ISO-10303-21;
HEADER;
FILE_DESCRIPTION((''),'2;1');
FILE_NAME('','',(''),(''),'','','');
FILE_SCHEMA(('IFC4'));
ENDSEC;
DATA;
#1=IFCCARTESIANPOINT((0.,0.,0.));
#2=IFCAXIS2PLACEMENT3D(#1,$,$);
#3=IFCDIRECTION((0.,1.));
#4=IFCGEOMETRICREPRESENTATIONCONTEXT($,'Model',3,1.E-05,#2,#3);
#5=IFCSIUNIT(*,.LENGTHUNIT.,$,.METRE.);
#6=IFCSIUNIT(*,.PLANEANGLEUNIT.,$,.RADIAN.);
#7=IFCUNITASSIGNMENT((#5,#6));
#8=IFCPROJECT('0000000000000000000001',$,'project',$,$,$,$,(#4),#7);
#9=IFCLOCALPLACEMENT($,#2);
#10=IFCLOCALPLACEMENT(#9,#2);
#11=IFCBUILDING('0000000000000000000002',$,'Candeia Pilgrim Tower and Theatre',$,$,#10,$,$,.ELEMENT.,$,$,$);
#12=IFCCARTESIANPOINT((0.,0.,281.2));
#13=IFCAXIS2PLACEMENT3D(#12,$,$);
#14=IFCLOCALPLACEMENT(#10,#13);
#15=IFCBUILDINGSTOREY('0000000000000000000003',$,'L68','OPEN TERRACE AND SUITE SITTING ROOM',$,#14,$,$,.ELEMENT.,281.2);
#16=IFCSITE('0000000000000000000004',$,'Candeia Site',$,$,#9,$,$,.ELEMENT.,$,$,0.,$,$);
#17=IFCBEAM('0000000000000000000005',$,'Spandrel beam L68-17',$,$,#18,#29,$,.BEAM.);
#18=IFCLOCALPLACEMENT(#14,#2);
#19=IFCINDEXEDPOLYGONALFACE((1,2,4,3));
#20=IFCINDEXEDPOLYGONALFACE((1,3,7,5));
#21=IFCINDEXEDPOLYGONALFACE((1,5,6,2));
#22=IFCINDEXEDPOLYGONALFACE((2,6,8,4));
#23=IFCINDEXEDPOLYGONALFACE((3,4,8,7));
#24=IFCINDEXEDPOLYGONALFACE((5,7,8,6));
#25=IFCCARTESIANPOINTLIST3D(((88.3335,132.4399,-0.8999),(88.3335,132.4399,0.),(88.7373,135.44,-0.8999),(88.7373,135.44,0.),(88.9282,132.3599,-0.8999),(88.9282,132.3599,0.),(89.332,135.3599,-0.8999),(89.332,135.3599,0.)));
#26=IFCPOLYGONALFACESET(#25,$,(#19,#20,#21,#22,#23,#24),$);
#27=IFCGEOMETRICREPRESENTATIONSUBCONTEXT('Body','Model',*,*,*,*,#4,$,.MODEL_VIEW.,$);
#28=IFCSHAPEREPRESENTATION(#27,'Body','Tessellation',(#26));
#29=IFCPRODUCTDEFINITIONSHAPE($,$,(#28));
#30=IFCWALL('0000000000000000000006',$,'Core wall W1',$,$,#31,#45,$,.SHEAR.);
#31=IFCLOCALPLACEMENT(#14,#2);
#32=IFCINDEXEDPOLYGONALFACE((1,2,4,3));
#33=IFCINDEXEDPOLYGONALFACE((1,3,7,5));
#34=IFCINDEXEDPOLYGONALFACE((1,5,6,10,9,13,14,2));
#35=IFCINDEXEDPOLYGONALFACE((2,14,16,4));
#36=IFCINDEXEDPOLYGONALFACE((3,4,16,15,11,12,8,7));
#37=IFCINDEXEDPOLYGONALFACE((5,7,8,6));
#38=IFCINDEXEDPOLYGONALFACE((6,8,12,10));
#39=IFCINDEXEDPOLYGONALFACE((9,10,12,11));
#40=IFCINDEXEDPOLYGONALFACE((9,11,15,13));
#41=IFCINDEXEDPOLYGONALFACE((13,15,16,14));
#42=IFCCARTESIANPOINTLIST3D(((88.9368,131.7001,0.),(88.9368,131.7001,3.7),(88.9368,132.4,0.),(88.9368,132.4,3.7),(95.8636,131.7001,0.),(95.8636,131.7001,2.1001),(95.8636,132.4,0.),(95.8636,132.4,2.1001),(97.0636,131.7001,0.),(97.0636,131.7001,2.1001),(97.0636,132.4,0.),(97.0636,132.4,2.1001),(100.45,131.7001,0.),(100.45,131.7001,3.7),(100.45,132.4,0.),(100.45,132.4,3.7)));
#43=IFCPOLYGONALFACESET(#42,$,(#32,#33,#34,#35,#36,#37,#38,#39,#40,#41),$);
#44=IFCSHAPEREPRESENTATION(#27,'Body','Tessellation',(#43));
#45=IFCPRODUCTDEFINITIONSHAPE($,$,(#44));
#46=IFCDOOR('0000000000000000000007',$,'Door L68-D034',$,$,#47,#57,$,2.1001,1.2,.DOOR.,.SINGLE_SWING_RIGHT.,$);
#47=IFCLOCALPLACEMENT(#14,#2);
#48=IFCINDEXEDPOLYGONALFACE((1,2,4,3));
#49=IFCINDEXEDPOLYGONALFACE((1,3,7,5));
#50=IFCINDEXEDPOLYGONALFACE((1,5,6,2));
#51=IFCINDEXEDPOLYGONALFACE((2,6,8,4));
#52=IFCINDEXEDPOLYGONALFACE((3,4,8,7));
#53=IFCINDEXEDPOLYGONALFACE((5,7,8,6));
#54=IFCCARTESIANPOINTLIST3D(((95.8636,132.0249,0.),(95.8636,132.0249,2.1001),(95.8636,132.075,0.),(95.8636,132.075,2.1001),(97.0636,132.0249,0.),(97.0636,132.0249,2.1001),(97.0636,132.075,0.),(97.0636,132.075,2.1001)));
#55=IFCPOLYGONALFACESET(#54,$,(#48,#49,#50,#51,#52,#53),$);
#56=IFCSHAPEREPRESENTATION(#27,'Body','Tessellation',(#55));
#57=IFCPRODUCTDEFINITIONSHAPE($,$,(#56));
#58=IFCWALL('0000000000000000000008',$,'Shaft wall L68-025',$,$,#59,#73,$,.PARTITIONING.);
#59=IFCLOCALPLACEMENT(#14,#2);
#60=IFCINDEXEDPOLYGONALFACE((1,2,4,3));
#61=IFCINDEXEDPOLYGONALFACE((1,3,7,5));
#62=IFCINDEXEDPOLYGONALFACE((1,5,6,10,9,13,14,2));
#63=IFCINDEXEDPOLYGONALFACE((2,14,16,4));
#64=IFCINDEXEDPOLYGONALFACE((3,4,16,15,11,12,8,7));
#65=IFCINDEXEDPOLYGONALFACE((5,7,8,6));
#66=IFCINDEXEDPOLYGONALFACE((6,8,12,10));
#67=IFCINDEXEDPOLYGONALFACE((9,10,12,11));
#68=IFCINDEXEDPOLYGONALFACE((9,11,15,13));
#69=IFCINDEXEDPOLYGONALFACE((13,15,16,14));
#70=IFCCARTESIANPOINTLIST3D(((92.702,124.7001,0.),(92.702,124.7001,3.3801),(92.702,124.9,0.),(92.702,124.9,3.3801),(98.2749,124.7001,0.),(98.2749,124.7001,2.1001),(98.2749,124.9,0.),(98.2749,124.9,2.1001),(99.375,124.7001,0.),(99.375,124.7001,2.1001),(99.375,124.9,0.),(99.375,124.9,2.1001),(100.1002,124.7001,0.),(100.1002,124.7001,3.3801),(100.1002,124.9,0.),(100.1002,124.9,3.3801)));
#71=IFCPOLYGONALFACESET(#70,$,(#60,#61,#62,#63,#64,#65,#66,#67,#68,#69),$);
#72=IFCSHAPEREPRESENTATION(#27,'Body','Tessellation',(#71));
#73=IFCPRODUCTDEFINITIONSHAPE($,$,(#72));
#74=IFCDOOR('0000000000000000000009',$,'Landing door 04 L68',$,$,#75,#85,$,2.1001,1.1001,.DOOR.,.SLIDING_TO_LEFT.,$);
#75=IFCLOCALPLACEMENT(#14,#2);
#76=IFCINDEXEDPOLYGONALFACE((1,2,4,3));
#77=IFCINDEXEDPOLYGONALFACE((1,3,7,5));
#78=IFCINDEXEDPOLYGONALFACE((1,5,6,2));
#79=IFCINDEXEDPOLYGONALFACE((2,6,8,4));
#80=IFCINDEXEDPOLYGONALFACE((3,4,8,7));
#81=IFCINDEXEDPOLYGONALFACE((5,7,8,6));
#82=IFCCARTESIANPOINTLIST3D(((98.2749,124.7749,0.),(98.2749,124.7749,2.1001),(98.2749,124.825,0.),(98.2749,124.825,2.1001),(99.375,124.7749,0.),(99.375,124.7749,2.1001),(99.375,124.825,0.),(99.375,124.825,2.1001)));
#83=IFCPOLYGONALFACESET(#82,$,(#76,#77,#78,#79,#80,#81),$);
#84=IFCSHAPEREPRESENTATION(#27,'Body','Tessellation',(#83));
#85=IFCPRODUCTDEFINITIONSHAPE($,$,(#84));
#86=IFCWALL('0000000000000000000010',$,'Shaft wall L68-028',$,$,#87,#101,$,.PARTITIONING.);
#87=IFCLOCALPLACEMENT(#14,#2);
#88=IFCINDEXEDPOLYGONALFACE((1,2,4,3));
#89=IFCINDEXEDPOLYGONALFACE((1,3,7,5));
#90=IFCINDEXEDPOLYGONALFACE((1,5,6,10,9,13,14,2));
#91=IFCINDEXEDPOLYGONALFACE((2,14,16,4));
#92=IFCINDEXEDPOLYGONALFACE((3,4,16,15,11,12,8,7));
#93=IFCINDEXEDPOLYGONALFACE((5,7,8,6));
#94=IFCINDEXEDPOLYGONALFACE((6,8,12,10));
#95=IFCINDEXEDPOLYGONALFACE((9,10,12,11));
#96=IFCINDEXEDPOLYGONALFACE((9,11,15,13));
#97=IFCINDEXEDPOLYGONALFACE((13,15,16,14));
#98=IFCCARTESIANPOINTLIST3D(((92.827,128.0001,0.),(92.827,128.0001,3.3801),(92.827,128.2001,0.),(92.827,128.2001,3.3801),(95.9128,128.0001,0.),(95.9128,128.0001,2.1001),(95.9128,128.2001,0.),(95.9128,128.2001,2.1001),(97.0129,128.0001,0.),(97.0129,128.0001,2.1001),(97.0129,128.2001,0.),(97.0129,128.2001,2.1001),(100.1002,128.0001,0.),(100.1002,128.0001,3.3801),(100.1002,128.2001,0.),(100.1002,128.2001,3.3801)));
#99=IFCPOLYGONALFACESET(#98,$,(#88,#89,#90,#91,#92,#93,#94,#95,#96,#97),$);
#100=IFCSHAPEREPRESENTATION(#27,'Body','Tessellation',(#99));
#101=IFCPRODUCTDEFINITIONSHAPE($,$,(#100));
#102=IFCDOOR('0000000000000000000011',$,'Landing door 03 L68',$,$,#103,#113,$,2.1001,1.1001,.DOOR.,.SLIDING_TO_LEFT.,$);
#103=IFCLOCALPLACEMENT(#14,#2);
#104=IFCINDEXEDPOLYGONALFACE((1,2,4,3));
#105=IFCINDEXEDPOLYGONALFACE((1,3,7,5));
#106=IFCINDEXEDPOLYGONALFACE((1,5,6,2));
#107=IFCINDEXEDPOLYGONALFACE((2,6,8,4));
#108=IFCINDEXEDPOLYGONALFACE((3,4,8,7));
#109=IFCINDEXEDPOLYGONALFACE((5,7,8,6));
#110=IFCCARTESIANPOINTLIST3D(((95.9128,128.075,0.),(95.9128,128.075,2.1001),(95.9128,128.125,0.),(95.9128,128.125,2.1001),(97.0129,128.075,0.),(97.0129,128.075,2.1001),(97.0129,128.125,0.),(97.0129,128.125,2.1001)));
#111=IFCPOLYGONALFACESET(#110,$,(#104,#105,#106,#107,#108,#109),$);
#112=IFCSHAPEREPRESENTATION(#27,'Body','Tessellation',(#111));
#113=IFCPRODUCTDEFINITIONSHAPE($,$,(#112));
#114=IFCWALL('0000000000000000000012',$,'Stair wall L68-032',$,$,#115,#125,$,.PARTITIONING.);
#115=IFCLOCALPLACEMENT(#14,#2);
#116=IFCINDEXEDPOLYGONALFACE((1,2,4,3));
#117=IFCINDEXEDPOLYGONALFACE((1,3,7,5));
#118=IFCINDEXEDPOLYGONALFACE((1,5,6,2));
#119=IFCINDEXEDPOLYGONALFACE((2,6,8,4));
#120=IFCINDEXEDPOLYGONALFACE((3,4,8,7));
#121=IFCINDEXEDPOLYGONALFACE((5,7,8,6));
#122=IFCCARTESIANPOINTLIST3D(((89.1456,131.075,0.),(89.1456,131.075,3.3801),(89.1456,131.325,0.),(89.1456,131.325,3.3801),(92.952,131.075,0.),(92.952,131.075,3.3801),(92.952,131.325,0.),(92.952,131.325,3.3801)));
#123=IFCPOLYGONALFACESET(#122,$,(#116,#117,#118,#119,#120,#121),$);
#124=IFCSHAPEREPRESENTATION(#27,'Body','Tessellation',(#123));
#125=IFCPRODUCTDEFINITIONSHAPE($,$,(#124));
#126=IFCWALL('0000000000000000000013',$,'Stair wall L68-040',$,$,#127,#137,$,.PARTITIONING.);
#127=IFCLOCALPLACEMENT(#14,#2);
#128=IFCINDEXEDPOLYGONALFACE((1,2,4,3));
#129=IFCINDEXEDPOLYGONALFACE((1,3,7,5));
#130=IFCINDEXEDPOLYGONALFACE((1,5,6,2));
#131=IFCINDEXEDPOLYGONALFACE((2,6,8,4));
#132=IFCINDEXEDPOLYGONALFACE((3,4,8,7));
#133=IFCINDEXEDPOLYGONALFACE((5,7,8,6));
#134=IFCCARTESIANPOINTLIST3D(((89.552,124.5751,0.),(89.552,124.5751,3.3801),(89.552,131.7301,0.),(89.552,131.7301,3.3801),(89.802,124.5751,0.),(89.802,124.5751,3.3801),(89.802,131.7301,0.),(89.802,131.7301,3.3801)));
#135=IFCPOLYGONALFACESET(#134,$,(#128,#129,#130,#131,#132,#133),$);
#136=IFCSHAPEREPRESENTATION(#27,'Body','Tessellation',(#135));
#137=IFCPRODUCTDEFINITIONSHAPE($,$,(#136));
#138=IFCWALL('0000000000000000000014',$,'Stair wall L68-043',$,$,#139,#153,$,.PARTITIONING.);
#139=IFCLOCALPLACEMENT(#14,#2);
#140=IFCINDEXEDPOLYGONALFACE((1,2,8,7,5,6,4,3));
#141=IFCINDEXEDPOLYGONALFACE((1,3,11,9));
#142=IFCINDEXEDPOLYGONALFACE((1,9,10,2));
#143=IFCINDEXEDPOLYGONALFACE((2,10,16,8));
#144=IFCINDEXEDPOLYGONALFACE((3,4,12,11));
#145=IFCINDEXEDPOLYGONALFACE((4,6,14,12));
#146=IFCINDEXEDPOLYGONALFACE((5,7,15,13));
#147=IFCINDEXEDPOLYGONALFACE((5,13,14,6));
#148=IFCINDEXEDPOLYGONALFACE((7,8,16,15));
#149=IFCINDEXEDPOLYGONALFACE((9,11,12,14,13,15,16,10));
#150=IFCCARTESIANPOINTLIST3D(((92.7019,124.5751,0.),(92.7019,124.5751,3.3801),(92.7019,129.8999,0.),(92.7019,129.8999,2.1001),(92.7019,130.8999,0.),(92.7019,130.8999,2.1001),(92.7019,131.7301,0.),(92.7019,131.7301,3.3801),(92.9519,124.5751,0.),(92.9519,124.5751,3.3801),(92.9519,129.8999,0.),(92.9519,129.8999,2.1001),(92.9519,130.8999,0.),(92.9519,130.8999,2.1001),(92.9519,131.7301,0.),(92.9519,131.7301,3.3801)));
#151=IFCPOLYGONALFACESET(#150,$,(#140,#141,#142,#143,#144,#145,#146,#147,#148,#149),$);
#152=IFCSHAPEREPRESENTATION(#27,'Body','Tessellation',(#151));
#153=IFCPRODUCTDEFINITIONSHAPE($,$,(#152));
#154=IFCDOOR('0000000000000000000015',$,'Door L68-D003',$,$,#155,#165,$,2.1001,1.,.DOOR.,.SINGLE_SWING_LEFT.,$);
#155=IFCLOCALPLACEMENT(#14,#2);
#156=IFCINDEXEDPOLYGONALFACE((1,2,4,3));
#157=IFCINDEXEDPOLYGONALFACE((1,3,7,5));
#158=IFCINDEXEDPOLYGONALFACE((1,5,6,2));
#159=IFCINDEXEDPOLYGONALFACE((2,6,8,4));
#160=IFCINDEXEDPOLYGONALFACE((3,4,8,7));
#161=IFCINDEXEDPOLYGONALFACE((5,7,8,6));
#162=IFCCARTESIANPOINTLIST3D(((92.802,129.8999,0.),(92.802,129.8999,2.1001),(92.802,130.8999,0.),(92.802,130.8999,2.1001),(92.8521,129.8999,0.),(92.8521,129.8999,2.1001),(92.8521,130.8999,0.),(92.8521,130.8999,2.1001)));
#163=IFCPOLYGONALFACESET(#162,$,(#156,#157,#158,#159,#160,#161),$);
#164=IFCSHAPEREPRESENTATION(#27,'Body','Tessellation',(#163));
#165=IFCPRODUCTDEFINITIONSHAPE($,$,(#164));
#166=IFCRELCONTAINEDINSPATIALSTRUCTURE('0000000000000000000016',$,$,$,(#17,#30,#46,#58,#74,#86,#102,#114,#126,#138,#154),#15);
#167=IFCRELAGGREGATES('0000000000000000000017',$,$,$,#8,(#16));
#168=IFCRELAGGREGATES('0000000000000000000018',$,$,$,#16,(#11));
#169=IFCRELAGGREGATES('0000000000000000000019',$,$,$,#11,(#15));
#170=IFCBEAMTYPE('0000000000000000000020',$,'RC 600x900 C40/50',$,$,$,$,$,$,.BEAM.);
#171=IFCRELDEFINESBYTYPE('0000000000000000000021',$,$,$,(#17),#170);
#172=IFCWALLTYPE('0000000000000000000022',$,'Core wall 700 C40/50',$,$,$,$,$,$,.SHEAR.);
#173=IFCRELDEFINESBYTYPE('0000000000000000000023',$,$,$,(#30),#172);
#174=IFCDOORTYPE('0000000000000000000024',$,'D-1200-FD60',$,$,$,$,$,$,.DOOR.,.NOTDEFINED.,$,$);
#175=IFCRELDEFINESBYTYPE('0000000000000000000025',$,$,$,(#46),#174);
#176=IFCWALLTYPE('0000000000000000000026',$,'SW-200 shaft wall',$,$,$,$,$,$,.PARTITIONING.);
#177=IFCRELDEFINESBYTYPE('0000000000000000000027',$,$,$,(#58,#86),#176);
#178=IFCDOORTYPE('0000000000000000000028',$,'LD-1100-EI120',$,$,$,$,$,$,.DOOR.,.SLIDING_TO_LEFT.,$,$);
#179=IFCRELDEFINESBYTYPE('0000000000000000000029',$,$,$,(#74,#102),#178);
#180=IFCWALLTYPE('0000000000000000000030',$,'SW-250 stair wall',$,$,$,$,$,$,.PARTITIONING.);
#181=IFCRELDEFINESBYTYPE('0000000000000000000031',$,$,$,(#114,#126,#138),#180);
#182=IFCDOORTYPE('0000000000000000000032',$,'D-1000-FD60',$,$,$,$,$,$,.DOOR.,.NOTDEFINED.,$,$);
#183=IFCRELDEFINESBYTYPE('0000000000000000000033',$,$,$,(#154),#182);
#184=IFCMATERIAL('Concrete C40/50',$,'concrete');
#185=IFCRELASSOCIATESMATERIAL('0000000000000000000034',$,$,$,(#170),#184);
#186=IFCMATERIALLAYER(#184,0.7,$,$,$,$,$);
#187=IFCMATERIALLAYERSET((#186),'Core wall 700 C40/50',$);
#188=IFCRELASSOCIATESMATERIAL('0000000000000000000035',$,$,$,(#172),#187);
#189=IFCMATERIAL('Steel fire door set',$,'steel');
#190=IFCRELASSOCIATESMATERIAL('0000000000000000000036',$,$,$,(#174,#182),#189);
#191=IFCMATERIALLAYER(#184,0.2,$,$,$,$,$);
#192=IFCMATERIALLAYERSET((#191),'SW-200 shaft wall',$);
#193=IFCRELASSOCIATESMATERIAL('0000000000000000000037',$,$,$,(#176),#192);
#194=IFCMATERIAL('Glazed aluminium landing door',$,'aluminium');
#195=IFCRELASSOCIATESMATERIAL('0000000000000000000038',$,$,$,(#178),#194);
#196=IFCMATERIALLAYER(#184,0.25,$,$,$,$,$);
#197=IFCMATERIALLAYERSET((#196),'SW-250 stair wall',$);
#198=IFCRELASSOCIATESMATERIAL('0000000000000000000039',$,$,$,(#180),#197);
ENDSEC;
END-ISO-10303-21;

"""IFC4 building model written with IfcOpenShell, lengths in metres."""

from ifc_helpers import new_model, si_unit, direction, frame, frame_2d, origin, origin_2d, place, context, subcontext, project, spatial, rectangle, extrude, material, layer, layer_set, material_profile, profile_set, type_object, element, fill, save


model = new_model("IFC4")

# Units and contexts
model_context = context("Model", 3, precision=1e-05, world=origin(), true_north=direction((0.0, 1.0)))
body_context = subcontext(model_context, "Body", "Model", "MODEL_VIEW")
ifc_project = project(units=[si_unit("LENGTHUNIT", "METRE"), si_unit("PLANEANGLEUNIT", "RADIAN")], contexts=[model_context])

# Site, building, storey
site_placement = place(None, origin())
site = spatial("IfcSite", under=ifc_project, at=site_placement, Name="Candeia Site", CompositionType="ELEMENT", RefElevation=0.0)
building_placement = place(site_placement, origin())
building = spatial("IfcBuilding", under=site, at=building_placement, Name="Candeia Pilgrim Tower and Theatre", CompositionType="ELEMENT")
storey_placement = place(building_placement, frame((0.0, 0.0, 281.2)))
storey = spatial("IfcBuildingStorey", under=building, at=storey_placement, Name="L68", Description="OPEN TERRACE AND SUITE SITTING ROOM", CompositionType="ELEMENT", Elevation=281.2)

# Beam
ifc_material_1 = material(Name="Concrete C40/50", Category="concrete")
ifc_material_profile = material_profile(ifc_material_1, rectangle(XDim=0.6001, YDim=0.8999, at=origin_2d()))
ifc_profile_set = profile_set([ifc_material_profile], Name="Concrete C40/50")
beam_type = type_object("IfcBeamType", Name="RC 600x900 C40/50", PredefinedType="BEAM", material=ifc_profile_set)
beam_placement = place(storey_placement, frame((88.6309, 132.3999, -0.45), z_axis=(0.1334, 0.991062, 0.0), x_axis=(-0.991062, 0.1334, 0.0)))
element("IfcBeam", 1, at=beam_placement, inside=storey, type_object=beam_type, Name="Spandrel beam L68-17", PredefinedType="BEAM", context=body_context, shape_type="SweptSolid", body=[
    extrude(rectangle(XDim=0.6001, YDim=0.8999, at=origin_2d()), origin(), (0.0, 0.0, 1.0), 3.0271),
])

# Walls, openings, doors
ifc_layer_1 = layer(ifc_material_1, 0.7)
ifc_layer_set_1 = layer_set([ifc_layer_1], Name="Core wall 700 C40/50")
wall_type_1 = type_object("IfcWallType", Name="Core wall 700 C40/50", PredefinedType="SHEAR", material=ifc_layer_set_1)
wall_1_placement = place(storey_placement, frame((88.9368, 132.05, 0.0), z_axis=(0.0, 0.0, 1.0), x_axis=(1.0, 0.0, 0.0)))
wall_1 = element("IfcWall", 2, at=wall_1_placement, inside=storey, type_object=wall_type_1, Name="Core wall W1", PredefinedType="SHEAR", context=body_context, shape_type="SweptSolid", body=[
    extrude(rectangle(XDim=11.5132, YDim=0.7, at=frame_2d((5.7566, 0.0))), origin(), (0.0, 0.0, 1.0), 3.7),
])
opening_1_placement = place(wall_1_placement, frame((6.9268, 0.0, 0.0)))
opening_1 = element("IfcOpeningElement", 3, at=opening_1_placement, cuts=wall_1, PredefinedType="OPENING", context=body_context, shape_type="SweptSolid", body=[
    extrude(rectangle(XDim=1.2, YDim=2.1001, at=frame_2d((0.6001, 1.05))), frame((0.0, 0.3599, 0.0), z_axis=(0.0, -1.0, 0.0), x_axis=(1.0, 0.0, 0.0)), (0.0, 0.0, 1.0), 0.72),
])
ifc_material_2 = material(Name="Steel fire door set", Category="steel")
door_type_1 = type_object("IfcDoorType", Name="D-1200-FD60", OperationType="NOTDEFINED", PredefinedType="DOOR", material=ifc_material_2)
door_1_placement = place(opening_1_placement, origin())
door_1 = element("IfcDoor", 4, at=door_1_placement, inside=storey, type_object=door_type_1, Name="Door L68-D034", OperationType="SINGLE_SWING_RIGHT", OverallHeight=2.1001, OverallWidth=1.2, PredefinedType="DOOR", context=body_context, shape_type="SweptSolid", body=[
    extrude(rectangle(XDim=1.2, YDim=2.1001, at=frame_2d((0.6001, 1.05))), frame((0.0, 0.0249, 0.0), z_axis=(0.0, -1.0, 0.0), x_axis=(1.0, 0.0, 0.0)), (0.0, 0.0, 1.0), 0.05),
])
fill(opening_1, door_1)
ifc_layer_2 = layer(ifc_material_1, 0.2)
ifc_layer_set_2 = layer_set([ifc_layer_2], Name="SW-200 shaft wall")
wall_type_2 = type_object("IfcWallType", Name="SW-200 shaft wall", PredefinedType="PARTITIONING", material=ifc_layer_set_2)
wall_2_placement = place(storey_placement, frame((92.7019, 124.8, 0.0), z_axis=(0.0, 0.0, 1.0), x_axis=(1.0, 0.0, 0.0)))
wall_2 = element("IfcWall", 5, at=wall_2_placement, inside=storey, type_object=wall_type_2, Name="Shaft wall L68-025", PredefinedType="PARTITIONING", context=body_context, shape_type="SweptSolid", body=[
    extrude(rectangle(XDim=7.3982, YDim=0.2, at=frame_2d((3.6992, 0.0))), origin(), (0.0, 0.0, 1.0), 3.3801),
])
opening_2_placement = place(wall_2_placement, frame((5.573, 0.0, 0.0)))
opening_2 = element("IfcOpeningElement", 6, at=opening_2_placement, cuts=wall_2, PredefinedType="OPENING", context=body_context, shape_type="SweptSolid", body=[
    extrude(rectangle(XDim=1.1001, YDim=2.1001, at=frame_2d((0.55, 1.05))), frame((0.0, 0.1099, 0.0), z_axis=(0.0, -1.0, 0.0), x_axis=(1.0, 0.0, 0.0)), (0.0, 0.0, 1.0), 0.22),
])
ifc_material_3 = material(Name="Glazed aluminium landing door", Category="aluminium")
door_type_2 = type_object("IfcDoorType", Name="LD-1100-EI120", OperationType="SLIDING_TO_LEFT", PredefinedType="DOOR", material=ifc_material_3)
door_2_placement = place(opening_2_placement, origin())
door_2 = element("IfcDoor", 7, at=door_2_placement, inside=storey, type_object=door_type_2, Name="Landing door 04 L68", OperationType="SLIDING_TO_LEFT", OverallHeight=2.1001, OverallWidth=1.1001, PredefinedType="DOOR", context=body_context, shape_type="SweptSolid", body=[
    extrude(rectangle(XDim=1.1001, YDim=2.1001, at=frame_2d((0.55, 1.05))), frame((0.0, 0.0249, 0.0), z_axis=(0.0, -1.0, 0.0), x_axis=(1.0, 0.0, 0.0)), (0.0, 0.0, 1.0), 0.05),
])
fill(opening_2, door_2)
wall_3_placement = place(storey_placement, frame((92.8269, 128.1001, 0.0), z_axis=(0.0, 0.0, 1.0), x_axis=(1.0, 0.0, 0.0)))
wall_3 = element("IfcWall", 8, at=wall_3_placement, inside=storey, type_object=wall_type_2, Name="Shaft wall L68-028", PredefinedType="PARTITIONING", context=body_context, shape_type="SweptSolid", body=[
    extrude(rectangle(XDim=7.2732, YDim=0.2, at=frame_2d((3.6367, 0.0))), origin(), (0.0, 0.0, 1.0), 3.3801),
])
opening_3_placement = place(wall_3_placement, frame((3.0859, 0.0, 0.0)))
opening_3 = element("IfcOpeningElement", 9, at=opening_3_placement, cuts=wall_3, PredefinedType="OPENING", context=body_context, shape_type="SweptSolid", body=[
    extrude(rectangle(XDim=1.1001, YDim=2.1001, at=frame_2d((0.55, 1.05))), frame((0.0, 0.1099, 0.0), z_axis=(0.0, -1.0, 0.0), x_axis=(1.0, 0.0, 0.0)), (0.0, 0.0, 1.0), 0.22),
])
door_3_placement = place(opening_3_placement, origin())
door_3 = element("IfcDoor", 10, at=door_3_placement, inside=storey, type_object=door_type_2, Name="Landing door 03 L68", OperationType="SLIDING_TO_LEFT", OverallHeight=2.1001, OverallWidth=1.1001, PredefinedType="DOOR", context=body_context, shape_type="SweptSolid", body=[
    extrude(rectangle(XDim=1.1001, YDim=2.1001, at=frame_2d((0.55, 1.05))), frame((0.0, 0.0249, 0.0), z_axis=(0.0, -1.0, 0.0), x_axis=(1.0, 0.0, 0.0)), (0.0, 0.0, 1.0), 0.05),
])
fill(opening_3, door_3)

# Walls
ifc_layer_3 = layer(ifc_material_1, 0.25)
ifc_layer_set_3 = layer_set([ifc_layer_3], Name="SW-250 stair wall")
wall_type_3 = type_object("IfcWallType", Name="SW-250 stair wall", PredefinedType="PARTITIONING", material=ifc_layer_set_3)
wall_4_placement = place(storey_placement, frame((89.1455, 131.2, 0.0), z_axis=(0.0, 0.0, 1.0), x_axis=(1.0, 0.0, 0.0)))
element("IfcWall", 11, at=wall_4_placement, inside=storey, type_object=wall_type_3, Name="Stair wall L68-032", PredefinedType="PARTITIONING", context=body_context, shape_type="SweptSolid", body=[
    extrude(rectangle(XDim=3.8064, YDim=0.25, at=frame_2d((1.9033, 0.0))), origin(), (0.0, 0.0, 1.0), 3.3801),
])
wall_5_placement = place(storey_placement, frame((89.677, 124.575, 0.0), z_axis=(0.0, 0.0, 1.0), x_axis=(0.0, 1.0, 0.0)))
element("IfcWall", 12, at=wall_5_placement, inside=storey, type_object=wall_type_3, Name="Stair wall L68-040", PredefinedType="PARTITIONING", context=body_context, shape_type="SweptSolid", body=[
    extrude(rectangle(XDim=7.155, YDim=0.25, at=frame_2d((3.5776, 0.0))), origin(), (0.0, 0.0, 1.0), 3.3801),
])

# Wall, opening, door
wall_6_placement = place(storey_placement, frame((92.8269, 124.575, 0.0), z_axis=(0.0, 0.0, 1.0), x_axis=(0.0, 1.0, 0.0)))
wall_6 = element("IfcWall", 13, at=wall_6_placement, inside=storey, type_object=wall_type_3, Name="Stair wall L68-043", PredefinedType="PARTITIONING", context=body_context, shape_type="SweptSolid", body=[
    extrude(rectangle(XDim=7.155, YDim=0.25, at=frame_2d((3.5776, 0.0))), origin(), (0.0, 0.0, 1.0), 3.3801),
])
opening_4_placement = place(wall_6_placement, frame((5.325, 0.0, 0.0)))
opening_4 = element("IfcOpeningElement", 14, at=opening_4_placement, cuts=wall_6, PredefinedType="OPENING", context=body_context, shape_type="SweptSolid", body=[
    extrude(rectangle(XDim=1.0, YDim=2.1001, at=frame_2d((0.5, 1.05))), frame((0.0, 0.135, 0.0), z_axis=(0.0, -1.0, 0.0), x_axis=(1.0, 0.0, 0.0)), (0.0, 0.0, 1.0), 0.27),
])
door_type_3 = type_object("IfcDoorType", Name="D-1000-FD60", OperationType="NOTDEFINED", PredefinedType="DOOR", material=ifc_material_2)
door_4_placement = place(opening_4_placement, origin())
door_4 = element("IfcDoor", 15, at=door_4_placement, inside=storey, type_object=door_type_3, Name="Door L68-D003", OperationType="SINGLE_SWING_LEFT", OverallHeight=2.1001, OverallWidth=1.0, PredefinedType="DOOR", context=body_context, shape_type="SweptSolid", body=[
    extrude(rectangle(XDim=1.0, YDim=2.1001, at=frame_2d((0.5, 1.05))), frame((0.0, 0.0249, 0.0), z_axis=(0.0, -1.0, 0.0), x_axis=(1.0, 0.0, 0.0)), (0.0, 0.0, 1.0), 0.05),
])
fill(opening_4, door_4)

save(model, "model.ifc")
